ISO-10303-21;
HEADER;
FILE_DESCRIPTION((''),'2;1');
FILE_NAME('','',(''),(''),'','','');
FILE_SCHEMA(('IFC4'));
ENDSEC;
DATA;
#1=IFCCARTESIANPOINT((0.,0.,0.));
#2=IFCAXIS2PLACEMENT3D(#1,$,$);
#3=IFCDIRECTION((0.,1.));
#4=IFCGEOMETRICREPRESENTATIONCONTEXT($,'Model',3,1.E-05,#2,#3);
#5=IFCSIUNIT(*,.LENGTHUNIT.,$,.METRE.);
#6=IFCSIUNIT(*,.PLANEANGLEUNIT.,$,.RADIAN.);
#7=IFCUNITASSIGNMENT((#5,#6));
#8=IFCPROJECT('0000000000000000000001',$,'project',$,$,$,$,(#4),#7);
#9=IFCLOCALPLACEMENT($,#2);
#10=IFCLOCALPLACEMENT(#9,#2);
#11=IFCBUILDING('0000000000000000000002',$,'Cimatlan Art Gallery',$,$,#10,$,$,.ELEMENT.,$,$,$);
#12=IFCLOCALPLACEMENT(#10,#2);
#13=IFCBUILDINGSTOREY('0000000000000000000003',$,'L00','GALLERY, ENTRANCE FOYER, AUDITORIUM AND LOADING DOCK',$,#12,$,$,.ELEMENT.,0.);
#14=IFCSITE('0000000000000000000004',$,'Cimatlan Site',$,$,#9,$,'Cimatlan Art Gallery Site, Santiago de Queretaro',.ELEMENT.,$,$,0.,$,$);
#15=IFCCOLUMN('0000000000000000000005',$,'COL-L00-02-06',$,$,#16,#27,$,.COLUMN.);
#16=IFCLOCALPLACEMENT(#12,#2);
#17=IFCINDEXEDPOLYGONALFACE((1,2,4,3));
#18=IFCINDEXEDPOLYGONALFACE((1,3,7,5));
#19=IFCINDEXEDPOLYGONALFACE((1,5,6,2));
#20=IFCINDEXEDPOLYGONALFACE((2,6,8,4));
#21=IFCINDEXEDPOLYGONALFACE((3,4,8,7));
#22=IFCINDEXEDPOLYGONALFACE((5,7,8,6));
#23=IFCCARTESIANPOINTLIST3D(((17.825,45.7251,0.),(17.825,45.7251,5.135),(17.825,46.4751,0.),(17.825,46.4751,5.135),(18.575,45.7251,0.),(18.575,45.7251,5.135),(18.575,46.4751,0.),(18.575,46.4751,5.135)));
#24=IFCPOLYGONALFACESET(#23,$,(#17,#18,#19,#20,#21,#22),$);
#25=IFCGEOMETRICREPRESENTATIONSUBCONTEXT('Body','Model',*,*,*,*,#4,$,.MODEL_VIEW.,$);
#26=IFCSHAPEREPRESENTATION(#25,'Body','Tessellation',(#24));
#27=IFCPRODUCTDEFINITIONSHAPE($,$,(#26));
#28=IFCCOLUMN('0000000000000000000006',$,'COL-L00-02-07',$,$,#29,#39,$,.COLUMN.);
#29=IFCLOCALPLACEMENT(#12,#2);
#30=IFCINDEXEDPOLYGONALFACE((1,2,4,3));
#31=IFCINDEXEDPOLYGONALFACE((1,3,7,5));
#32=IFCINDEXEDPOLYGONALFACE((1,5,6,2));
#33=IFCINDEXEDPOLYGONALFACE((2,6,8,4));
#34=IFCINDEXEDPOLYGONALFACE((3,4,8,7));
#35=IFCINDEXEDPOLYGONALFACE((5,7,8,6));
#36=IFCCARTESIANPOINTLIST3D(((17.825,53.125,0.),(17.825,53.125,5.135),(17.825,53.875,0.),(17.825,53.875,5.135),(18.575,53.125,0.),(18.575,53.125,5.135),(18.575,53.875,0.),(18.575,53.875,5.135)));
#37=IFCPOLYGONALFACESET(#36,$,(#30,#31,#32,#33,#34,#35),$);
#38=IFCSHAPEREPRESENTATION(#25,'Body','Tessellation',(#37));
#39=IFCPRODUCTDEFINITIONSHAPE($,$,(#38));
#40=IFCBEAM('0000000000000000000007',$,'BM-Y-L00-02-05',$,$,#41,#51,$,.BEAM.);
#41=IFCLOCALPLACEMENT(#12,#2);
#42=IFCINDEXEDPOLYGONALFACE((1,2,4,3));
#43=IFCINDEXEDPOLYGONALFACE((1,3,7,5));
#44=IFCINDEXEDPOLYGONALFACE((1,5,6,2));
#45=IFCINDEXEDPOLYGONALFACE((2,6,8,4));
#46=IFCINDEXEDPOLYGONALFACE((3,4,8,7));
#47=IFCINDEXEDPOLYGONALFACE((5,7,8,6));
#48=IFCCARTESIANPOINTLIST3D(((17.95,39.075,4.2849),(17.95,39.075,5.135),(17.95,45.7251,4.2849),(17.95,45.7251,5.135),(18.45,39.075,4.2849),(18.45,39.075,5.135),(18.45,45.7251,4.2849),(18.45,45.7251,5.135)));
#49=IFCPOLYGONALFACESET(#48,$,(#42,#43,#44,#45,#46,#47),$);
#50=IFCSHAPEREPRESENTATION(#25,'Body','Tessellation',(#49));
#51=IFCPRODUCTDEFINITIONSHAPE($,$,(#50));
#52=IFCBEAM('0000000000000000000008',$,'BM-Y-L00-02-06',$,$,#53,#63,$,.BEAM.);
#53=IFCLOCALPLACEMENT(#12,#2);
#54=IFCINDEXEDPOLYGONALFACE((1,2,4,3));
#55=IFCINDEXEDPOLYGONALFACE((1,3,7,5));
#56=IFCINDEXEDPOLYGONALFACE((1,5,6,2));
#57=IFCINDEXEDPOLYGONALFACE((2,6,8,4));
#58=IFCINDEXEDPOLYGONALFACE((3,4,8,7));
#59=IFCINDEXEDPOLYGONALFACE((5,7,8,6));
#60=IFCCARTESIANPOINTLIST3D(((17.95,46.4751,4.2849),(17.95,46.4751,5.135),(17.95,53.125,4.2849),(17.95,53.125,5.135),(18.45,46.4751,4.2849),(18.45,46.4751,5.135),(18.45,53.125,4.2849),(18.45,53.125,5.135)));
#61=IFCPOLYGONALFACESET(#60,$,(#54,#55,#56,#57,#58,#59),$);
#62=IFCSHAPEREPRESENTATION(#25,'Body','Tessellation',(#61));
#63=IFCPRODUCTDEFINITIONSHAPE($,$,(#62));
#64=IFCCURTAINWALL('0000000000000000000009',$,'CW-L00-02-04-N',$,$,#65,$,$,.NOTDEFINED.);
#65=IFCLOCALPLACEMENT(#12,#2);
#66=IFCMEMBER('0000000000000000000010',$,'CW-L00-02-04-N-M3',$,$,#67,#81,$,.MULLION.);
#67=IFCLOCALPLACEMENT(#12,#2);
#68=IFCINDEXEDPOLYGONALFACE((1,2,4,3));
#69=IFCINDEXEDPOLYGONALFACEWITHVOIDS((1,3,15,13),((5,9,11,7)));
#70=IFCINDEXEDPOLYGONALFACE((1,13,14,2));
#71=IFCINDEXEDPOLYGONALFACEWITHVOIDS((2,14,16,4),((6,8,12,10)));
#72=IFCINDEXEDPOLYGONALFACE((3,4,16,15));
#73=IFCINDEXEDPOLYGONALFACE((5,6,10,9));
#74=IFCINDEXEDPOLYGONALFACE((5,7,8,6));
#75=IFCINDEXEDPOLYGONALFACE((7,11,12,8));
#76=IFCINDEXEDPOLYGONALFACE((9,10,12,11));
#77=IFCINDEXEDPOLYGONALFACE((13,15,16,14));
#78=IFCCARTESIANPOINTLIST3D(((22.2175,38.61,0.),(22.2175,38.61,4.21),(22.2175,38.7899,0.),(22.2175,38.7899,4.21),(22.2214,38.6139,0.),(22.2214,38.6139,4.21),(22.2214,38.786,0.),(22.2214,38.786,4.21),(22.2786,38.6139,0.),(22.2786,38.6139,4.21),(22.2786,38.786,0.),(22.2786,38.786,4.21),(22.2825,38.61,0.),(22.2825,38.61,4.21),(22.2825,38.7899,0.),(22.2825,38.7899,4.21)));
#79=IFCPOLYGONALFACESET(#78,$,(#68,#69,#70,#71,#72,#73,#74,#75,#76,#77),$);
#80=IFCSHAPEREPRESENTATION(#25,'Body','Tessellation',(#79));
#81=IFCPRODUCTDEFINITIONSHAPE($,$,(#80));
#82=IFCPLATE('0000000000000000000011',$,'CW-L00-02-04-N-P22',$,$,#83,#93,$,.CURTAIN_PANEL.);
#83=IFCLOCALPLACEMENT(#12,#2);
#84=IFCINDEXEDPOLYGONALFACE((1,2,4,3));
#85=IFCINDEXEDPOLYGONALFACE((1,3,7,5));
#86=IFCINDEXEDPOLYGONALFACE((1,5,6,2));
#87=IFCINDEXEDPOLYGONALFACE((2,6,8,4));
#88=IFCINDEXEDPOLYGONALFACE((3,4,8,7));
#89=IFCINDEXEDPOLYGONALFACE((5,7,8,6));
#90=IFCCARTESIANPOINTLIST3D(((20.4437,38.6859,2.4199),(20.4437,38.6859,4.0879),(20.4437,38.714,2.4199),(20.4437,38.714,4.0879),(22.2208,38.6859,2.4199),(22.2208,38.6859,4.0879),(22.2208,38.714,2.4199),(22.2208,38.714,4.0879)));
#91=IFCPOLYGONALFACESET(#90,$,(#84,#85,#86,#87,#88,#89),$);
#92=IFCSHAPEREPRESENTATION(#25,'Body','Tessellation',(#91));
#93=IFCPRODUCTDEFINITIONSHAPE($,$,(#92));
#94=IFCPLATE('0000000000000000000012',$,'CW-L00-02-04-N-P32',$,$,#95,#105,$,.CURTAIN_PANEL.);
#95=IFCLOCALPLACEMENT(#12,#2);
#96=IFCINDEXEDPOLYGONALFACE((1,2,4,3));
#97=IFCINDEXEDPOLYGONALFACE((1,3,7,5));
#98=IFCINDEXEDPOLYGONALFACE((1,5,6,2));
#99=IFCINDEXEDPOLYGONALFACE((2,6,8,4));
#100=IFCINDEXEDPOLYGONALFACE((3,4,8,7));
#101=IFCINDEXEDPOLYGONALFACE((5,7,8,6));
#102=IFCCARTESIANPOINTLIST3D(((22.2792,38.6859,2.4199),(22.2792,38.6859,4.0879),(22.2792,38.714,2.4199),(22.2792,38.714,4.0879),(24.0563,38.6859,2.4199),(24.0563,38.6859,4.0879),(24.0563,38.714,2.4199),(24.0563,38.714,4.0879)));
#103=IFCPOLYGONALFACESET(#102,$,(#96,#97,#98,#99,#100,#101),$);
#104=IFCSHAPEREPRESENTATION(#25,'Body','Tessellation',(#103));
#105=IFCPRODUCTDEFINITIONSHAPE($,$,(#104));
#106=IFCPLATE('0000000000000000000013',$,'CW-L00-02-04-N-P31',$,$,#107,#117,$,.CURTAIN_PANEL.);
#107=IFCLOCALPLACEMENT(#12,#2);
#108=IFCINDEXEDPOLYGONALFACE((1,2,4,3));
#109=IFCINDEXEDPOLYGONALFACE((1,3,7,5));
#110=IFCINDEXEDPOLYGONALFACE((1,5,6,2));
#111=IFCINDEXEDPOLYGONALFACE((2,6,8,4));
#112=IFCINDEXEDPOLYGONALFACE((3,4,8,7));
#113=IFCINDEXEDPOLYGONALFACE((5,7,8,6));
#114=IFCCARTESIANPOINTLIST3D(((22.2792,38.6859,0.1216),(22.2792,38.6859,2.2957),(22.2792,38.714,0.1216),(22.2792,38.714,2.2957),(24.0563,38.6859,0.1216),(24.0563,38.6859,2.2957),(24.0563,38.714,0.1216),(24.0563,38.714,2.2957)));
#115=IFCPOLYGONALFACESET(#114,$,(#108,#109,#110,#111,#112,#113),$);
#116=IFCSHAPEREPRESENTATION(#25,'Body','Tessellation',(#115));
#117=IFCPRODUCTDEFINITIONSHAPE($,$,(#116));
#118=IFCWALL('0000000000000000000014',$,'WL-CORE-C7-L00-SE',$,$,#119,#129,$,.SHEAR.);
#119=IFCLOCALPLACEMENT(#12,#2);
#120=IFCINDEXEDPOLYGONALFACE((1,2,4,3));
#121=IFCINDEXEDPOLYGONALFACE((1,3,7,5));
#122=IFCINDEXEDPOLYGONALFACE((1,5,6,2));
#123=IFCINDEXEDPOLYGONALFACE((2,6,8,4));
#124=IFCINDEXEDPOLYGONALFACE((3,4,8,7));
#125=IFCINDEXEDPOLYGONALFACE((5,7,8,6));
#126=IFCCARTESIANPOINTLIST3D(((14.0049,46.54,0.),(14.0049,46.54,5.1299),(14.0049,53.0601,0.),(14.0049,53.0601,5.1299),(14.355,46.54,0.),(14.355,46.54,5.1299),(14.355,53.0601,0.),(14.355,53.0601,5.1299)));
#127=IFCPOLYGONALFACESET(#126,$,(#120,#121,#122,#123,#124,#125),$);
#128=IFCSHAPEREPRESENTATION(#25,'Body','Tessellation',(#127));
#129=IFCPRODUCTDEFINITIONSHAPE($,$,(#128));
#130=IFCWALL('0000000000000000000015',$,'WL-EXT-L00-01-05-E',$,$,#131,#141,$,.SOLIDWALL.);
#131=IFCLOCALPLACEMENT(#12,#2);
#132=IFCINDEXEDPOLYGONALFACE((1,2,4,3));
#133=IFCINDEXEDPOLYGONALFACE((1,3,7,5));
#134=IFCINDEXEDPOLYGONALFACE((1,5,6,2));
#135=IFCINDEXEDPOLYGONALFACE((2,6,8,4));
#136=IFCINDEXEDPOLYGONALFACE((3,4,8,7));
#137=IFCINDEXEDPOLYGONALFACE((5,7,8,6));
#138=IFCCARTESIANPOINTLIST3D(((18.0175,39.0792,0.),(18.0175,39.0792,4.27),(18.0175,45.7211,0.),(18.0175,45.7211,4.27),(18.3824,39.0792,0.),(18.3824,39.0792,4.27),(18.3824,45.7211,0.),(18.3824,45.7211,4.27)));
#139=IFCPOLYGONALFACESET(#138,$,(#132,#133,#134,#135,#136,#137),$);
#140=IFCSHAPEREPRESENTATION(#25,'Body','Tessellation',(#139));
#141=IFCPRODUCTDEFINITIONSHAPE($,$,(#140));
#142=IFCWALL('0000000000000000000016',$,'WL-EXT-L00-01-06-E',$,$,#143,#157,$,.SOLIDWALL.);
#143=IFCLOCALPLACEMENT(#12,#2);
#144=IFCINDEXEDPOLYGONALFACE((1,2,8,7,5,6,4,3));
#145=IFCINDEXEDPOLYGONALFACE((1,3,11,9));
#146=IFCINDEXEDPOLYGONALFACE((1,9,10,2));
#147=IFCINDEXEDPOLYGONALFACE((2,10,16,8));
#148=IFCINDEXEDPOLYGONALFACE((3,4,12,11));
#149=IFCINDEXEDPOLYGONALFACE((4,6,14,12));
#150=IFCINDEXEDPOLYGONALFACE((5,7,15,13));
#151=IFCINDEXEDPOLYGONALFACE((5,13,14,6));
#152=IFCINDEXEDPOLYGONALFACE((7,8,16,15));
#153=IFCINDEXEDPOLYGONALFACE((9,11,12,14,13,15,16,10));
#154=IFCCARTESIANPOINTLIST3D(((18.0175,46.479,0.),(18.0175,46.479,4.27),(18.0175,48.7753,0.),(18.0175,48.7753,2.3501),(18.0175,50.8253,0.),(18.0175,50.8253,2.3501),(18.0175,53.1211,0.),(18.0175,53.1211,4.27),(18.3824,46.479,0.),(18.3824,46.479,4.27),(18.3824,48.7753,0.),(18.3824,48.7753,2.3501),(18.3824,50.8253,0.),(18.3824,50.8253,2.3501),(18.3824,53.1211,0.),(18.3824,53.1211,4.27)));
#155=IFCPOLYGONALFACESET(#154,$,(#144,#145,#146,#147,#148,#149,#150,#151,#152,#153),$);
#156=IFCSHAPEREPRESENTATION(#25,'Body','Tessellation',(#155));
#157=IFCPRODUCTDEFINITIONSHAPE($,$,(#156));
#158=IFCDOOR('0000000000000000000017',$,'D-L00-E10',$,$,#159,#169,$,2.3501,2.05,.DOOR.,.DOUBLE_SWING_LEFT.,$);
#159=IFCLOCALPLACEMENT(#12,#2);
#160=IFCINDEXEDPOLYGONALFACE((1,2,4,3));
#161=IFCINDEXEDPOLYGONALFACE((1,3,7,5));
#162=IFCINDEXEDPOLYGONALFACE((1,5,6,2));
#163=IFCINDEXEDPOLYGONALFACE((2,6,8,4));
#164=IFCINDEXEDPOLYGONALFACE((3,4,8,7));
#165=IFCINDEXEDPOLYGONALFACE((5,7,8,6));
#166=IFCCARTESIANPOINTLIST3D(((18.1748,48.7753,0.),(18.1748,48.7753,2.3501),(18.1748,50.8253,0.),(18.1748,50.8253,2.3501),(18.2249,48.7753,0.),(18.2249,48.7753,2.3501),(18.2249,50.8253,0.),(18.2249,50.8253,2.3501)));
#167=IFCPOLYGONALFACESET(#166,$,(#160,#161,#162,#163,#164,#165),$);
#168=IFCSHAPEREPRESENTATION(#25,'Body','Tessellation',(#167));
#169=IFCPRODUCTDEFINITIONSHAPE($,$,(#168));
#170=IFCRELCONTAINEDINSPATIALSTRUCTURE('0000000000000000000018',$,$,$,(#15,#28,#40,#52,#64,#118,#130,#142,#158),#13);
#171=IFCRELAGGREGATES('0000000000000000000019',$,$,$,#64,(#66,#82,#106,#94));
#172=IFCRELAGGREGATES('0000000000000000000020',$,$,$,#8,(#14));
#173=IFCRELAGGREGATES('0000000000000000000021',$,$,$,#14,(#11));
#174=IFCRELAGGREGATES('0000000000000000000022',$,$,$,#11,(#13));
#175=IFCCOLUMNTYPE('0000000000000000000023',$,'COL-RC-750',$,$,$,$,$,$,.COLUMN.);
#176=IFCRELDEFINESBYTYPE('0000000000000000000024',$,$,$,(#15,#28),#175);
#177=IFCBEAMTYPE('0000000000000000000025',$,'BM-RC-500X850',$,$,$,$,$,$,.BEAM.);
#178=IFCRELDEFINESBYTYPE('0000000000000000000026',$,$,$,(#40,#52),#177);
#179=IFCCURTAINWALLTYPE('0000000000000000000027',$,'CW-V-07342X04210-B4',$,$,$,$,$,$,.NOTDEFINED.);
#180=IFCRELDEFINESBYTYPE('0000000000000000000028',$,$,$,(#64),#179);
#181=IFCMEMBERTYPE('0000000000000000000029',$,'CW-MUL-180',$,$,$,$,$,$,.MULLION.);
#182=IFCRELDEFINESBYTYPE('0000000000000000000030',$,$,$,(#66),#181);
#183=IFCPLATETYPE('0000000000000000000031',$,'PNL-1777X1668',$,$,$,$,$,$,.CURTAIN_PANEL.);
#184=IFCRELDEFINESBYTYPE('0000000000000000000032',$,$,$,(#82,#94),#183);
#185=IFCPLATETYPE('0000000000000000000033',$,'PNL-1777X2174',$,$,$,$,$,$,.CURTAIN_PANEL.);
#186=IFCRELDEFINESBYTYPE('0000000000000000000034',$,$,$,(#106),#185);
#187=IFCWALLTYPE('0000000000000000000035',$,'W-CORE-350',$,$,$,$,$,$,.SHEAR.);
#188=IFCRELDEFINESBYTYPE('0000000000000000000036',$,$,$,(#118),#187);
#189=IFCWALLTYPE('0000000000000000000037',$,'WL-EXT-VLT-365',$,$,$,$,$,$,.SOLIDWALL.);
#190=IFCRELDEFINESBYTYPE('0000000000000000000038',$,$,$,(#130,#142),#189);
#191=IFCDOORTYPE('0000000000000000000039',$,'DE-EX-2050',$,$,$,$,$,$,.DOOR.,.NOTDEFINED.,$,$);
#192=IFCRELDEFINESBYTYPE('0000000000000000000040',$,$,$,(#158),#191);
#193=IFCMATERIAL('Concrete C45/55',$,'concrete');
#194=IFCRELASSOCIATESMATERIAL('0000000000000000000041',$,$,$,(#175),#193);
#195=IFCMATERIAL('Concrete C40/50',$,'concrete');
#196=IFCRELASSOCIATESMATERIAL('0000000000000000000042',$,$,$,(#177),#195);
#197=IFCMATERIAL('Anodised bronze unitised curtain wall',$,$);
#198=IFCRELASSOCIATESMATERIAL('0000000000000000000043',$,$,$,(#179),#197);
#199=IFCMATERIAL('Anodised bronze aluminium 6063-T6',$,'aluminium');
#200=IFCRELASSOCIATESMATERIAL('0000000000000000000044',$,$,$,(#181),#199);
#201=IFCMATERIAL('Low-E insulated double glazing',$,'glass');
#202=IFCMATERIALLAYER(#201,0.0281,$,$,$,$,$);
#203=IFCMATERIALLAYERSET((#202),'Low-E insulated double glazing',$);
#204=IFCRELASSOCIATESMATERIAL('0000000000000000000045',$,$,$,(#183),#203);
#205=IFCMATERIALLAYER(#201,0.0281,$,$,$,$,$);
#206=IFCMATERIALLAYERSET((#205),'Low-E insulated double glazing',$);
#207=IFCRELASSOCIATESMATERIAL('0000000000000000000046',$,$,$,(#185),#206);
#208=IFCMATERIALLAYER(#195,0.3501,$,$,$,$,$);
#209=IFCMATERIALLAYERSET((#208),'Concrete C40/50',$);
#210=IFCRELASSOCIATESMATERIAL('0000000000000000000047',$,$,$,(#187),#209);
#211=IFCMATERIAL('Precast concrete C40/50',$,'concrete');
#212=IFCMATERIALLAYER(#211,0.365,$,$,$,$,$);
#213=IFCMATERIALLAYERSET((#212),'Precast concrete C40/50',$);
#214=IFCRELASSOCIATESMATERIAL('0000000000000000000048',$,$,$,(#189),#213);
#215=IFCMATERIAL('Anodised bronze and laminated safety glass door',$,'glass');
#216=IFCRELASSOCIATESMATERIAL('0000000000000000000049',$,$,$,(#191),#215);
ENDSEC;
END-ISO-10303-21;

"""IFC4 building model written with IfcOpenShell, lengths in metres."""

from ifc_helpers import new_model, si_unit, direction, frame, frame_2d, origin, origin_2d, place, context, subcontext, project, spatial, rectangle, hollow_rectangle, extrude, material, layer, layer_set, material_profile, profile_set, type_object, element, fill, aggregate, save


model = new_model("IFC4")

# Units and contexts
model_context = context("Model", 3, precision=1e-05, world=origin(), true_north=direction((0.0, 1.0)))
body_context = subcontext(model_context, "Body", "Model", "MODEL_VIEW")
ifc_project = project(units=[si_unit("LENGTHUNIT", "METRE"), si_unit("PLANEANGLEUNIT", "RADIAN")], contexts=[model_context])

# Site, building, storey
site_placement = place(None, origin())
site = spatial("IfcSite", under=ifc_project, at=site_placement, Name="Cimatlan Site", LongName="Cimatlan Art Gallery Site, Santiago de Queretaro", CompositionType="ELEMENT", RefElevation=0.0)
building_placement = place(site_placement, origin())
building = spatial("IfcBuilding", under=site, at=building_placement, Name="Cimatlan Art Gallery", CompositionType="ELEMENT")
storey_placement = place(building_placement, origin())
storey = spatial("IfcBuildingStorey", under=building, at=storey_placement, Name="L00", Description="GALLERY, ENTRANCE FOYER, AUDITORIUM AND LOADING DOCK", CompositionType="ELEMENT", Elevation=0.0)

# Columns
ifc_material_1 = material(Name="Concrete C45/55", Category="concrete")
ifc_material_profile_1 = material_profile(ifc_material_1, rectangle(XDim=0.75, YDim=0.75, at=origin_2d()), Name="RC750X750")
ifc_profile_set_1 = profile_set([ifc_material_profile_1], Name="Concrete C45/55")
column_type = type_object("IfcColumnType", Name="COL-RC-750", PredefinedType="COLUMN", material=ifc_profile_set_1)
for number, where, z_axis, x_axis, name in (
    (1, (18.2, 46.1001, 0.0), (0.0, 0.0, 1.0), (1.0, 0.0, 0.0), "COL-L00-02-06"),
    (2, (18.2, 53.5, 0.0), (0.0, 0.0, 1.0), (1.0, 0.0, 0.0), "COL-L00-02-07"),
):
    element("IfcColumn", number, at=place(storey_placement, frame(where, z_axis=z_axis, x_axis=x_axis)), inside=storey, type_object=column_type, Name=name, PredefinedType="COLUMN", context=body_context, shape_type="SweptSolid", body=[
        extrude(rectangle(XDim=0.75, YDim=0.75, at=origin_2d()), origin(), (0.0, 0.0, 1.0), 5.135),
    ])

# Beams
ifc_material_2 = material(Name="Concrete C40/50", Category="concrete")
ifc_material_profile_2 = material_profile(ifc_material_2, rectangle(XDim=0.5, YDim=0.8501, at=origin_2d()), Name="RC500X850")
ifc_profile_set_2 = profile_set([ifc_material_profile_2], Name="Concrete C40/50")
beam_type = type_object("IfcBeamType", Name="BM-RC-500X850", PredefinedType="BEAM", material=ifc_profile_set_2)
beam_1_placement = place(storey_placement, frame((18.2, 39.075, 4.71), z_axis=(0.0, 1.0, 0.0), x_axis=(-1.0, 0.0, 0.0)))
element("IfcBeam", 3, at=beam_1_placement, inside=storey, type_object=beam_type, Name="BM-Y-L00-02-05", PredefinedType="BEAM", context=body_context, shape_type="SweptSolid", body=[
    extrude(rectangle(XDim=0.5, YDim=0.8501, at=origin_2d()), origin(), (0.0, 0.0, 1.0), 6.6501),
])
beam_2_placement = place(storey_placement, frame((18.2, 46.4751, 4.71), z_axis=(0.0, 1.0, 0.0), x_axis=(-1.0, 0.0, 0.0)))
element("IfcBeam", 4, at=beam_2_placement, inside=storey, type_object=beam_type, Name="BM-Y-L00-02-06", PredefinedType="BEAM", context=body_context, shape_type="SweptSolid", body=[
    extrude(rectangle(XDim=0.5, YDim=0.8501, at=origin_2d()), origin(), (0.0, 0.0, 1.0), 6.6499),
])

# Curtain wall, member, plates
ifc_material_3 = material(Name="Anodised bronze unitised curtain wall")
curtain_wall_type = type_object("IfcCurtainWallType", Name="CW-V-07342X04210-B4", PredefinedType="NOTDEFINED", material=ifc_material_3)
curtain_wall_placement = place(storey_placement, origin())
curtain_wall = element("IfcCurtainWall", 5, at=curtain_wall_placement, inside=storey, type_object=curtain_wall_type, Name="CW-L00-02-04-N", PredefinedType="NOTDEFINED")
ifc_material_4 = material(Name="Anodised bronze aluminium 6063-T6", Category="aluminium")
ifc_material_profile_3 = material_profile(ifc_material_4, hollow_rectangle(XDim=0.0649, YDim=0.1799, WallThickness=0.0039, at=origin_2d()), Name="ALU65X180X4")
ifc_profile_set_3 = profile_set([ifc_material_profile_3], Name="Anodised bronze aluminium 6063-T6")
member_type = type_object("IfcMemberType", Name="CW-MUL-180", PredefinedType="MULLION", material=ifc_profile_set_3)
member_placement = place(storey_placement, frame((22.25, 38.7, 0.0), z_axis=(0.0, 0.0, 1.0), x_axis=(1.0, 0.0, 0.0)))
member = element("IfcMember", 6, at=member_placement, type_object=member_type, Name="CW-L00-02-04-N-M3", PredefinedType="MULLION", context=body_context, shape_type="SweptSolid", body=[
    extrude(hollow_rectangle(XDim=0.0649, YDim=0.1799, WallThickness=0.0039, at=origin_2d()), origin(), (0.0, 0.0, 1.0), 4.21),
])
ifc_material_5 = material(Name="Low-E insulated double glazing", Category="glass")
ifc_layer_1 = layer(ifc_material_5, 0.0281)
ifc_layer_set_1 = layer_set([ifc_layer_1], Name="Low-E insulated double glazing")
plate_type_1 = type_object("IfcPlateType", Name="PNL-1777X1668", PredefinedType="CURTAIN_PANEL", material=ifc_layer_set_1)
plate_1_placement = place(storey_placement, frame((21.3323, 38.7, 2.4199), z_axis=(0.0, 0.0, 1.0), x_axis=(1.0, 0.0, 0.0)))
plate_1 = element("IfcPlate", 7, at=plate_1_placement, type_object=plate_type_1, Name="CW-L00-02-04-N-P22", PredefinedType="CURTAIN_PANEL", context=body_context, shape_type="SweptSolid", body=[
    extrude(rectangle(XDim=1.7771, YDim=0.0281, at=origin_2d()), origin(), (0.0, 0.0, 1.0), 1.668),
])
plate_2_placement = place(storey_placement, frame((23.1677, 38.7, 2.4199), z_axis=(0.0, 0.0, 1.0), x_axis=(1.0, 0.0, 0.0)))
plate_2 = element("IfcPlate", 8, at=plate_2_placement, type_object=plate_type_1, Name="CW-L00-02-04-N-P32", PredefinedType="CURTAIN_PANEL", context=body_context, shape_type="SweptSolid", body=[
    extrude(rectangle(XDim=1.7771, YDim=0.0281, at=origin_2d()), origin(), (0.0, 0.0, 1.0), 1.668),
])
ifc_layer_2 = layer(ifc_material_5, 0.0281)
ifc_layer_set_2 = layer_set([ifc_layer_2], Name="Low-E insulated double glazing")
plate_type_2 = type_object("IfcPlateType", Name="PNL-1777X2174", PredefinedType="CURTAIN_PANEL", material=ifc_layer_set_2)
plate_3_placement = place(storey_placement, frame((23.1677, 38.7, 0.1216), z_axis=(0.0, 0.0, 1.0), x_axis=(1.0, 0.0, 0.0)))
plate_3 = element("IfcPlate", 9, at=plate_3_placement, type_object=plate_type_2, Name="CW-L00-02-04-N-P31", PredefinedType="CURTAIN_PANEL", context=body_context, shape_type="SweptSolid", body=[
    extrude(rectangle(XDim=1.7771, YDim=0.0281, at=origin_2d()), origin(), (0.0, 0.0, 1.0), 2.1741),
])
aggregate(curtain_wall, [member, plate_1, plate_3, plate_2])

# Walls
ifc_layer_3 = layer(ifc_material_2, 0.3501)
ifc_layer_set_3 = layer_set([ifc_layer_3], Name="Concrete C40/50")
wall_type_1 = type_object("IfcWallType", Name="W-CORE-350", PredefinedType="SHEAR", material=ifc_layer_set_3)
wall_1_placement = place(storey_placement, frame((14.1799, 46.54, 0.0), z_axis=(0.0, 0.0, 1.0), x_axis=(0.0, 1.0, 0.0)))
element("IfcWall", 10, at=wall_1_placement, inside=storey, type_object=wall_type_1, Name="WL-CORE-C7-L00-SE", PredefinedType="SHEAR", context=body_context, shape_type="SweptSolid", body=[
    extrude(rectangle(XDim=6.52, YDim=0.3501, at=frame_2d((3.26, 0.0))), origin(), (0.0, 0.0, 1.0), 5.1299),
])
ifc_material_6 = material(Name="Precast concrete C40/50", Category="concrete")
ifc_layer_4 = layer(ifc_material_6, 0.365)
ifc_layer_set_4 = layer_set([ifc_layer_4], Name="Precast concrete C40/50")
wall_type_2 = type_object("IfcWallType", Name="WL-EXT-VLT-365", PredefinedType="SOLIDWALL", material=ifc_layer_set_4)
wall_2_placement = place(storey_placement, frame((18.2, 45.7209, 0.0), z_axis=(0.0, 0.0, 1.0), x_axis=(0.0, -1.0, 0.0)))
element("IfcWall", 11, at=wall_2_placement, inside=storey, type_object=wall_type_2, Name="WL-EXT-L00-01-05-E", PredefinedType="SOLIDWALL", context=body_context, shape_type="SweptSolid", body=[
    extrude(rectangle(XDim=6.6418, YDim=0.365, at=frame_2d((3.3208, 0.0))), origin(), (0.0, 0.0, 1.0), 4.27),
])

# Wall, opening, door
wall_3_placement = place(storey_placement, frame((18.2, 53.1211, 0.0), z_axis=(0.0, 0.0, 1.0), x_axis=(0.0, -1.0, 0.0)))
wall_3 = element("IfcWall", 12, at=wall_3_placement, inside=storey, type_object=wall_type_2, Name="WL-EXT-L00-01-06-E", PredefinedType="SOLIDWALL", context=body_context, shape_type="SweptSolid", body=[
    extrude(rectangle(XDim=6.6421, YDim=0.365, at=frame_2d((3.321, 0.0))), origin(), (0.0, 0.0, 1.0), 4.27),
])
opening_placement = place(wall_3_placement, frame((2.2959, 0.0, 0.0)))
opening = element("IfcOpeningElement", 13, at=opening_placement, cuts=wall_3, PredefinedType="OPENING", context=body_context, shape_type="SweptSolid", body=[
    extrude(rectangle(XDim=2.05, YDim=2.3501, at=frame_2d((1.0249, 1.175))), frame((0.0, 0.1924, 0.0), z_axis=(0.0, -1.0, 0.0), x_axis=(1.0, 0.0, 0.0)), (0.0, 0.0, 1.0), 0.385),
])
ifc_material_7 = material(Name="Anodised bronze and laminated safety glass door", Category="glass")
door_type = type_object("IfcDoorType", Name="DE-EX-2050", OperationType="NOTDEFINED", PredefinedType="DOOR", material=ifc_material_7)
door_placement = place(opening_placement, origin())
door = element("IfcDoor", 14, at=door_placement, inside=storey, type_object=door_type, Name="D-L00-E10", OperationType="DOUBLE_SWING_LEFT", OverallHeight=2.3501, OverallWidth=2.05, PredefinedType="DOOR", context=body_context, shape_type="SweptSolid", body=[
    extrude(rectangle(XDim=2.05, YDim=2.3501, at=frame_2d((1.0249, 1.175))), frame((0.0, 0.0249, 0.0), z_axis=(0.0, -1.0, 0.0), x_axis=(1.0, 0.0, 0.0)), (0.0, 0.0, 1.0), 0.05),
])
fill(opening, door)

save(model, "model.ifc")
